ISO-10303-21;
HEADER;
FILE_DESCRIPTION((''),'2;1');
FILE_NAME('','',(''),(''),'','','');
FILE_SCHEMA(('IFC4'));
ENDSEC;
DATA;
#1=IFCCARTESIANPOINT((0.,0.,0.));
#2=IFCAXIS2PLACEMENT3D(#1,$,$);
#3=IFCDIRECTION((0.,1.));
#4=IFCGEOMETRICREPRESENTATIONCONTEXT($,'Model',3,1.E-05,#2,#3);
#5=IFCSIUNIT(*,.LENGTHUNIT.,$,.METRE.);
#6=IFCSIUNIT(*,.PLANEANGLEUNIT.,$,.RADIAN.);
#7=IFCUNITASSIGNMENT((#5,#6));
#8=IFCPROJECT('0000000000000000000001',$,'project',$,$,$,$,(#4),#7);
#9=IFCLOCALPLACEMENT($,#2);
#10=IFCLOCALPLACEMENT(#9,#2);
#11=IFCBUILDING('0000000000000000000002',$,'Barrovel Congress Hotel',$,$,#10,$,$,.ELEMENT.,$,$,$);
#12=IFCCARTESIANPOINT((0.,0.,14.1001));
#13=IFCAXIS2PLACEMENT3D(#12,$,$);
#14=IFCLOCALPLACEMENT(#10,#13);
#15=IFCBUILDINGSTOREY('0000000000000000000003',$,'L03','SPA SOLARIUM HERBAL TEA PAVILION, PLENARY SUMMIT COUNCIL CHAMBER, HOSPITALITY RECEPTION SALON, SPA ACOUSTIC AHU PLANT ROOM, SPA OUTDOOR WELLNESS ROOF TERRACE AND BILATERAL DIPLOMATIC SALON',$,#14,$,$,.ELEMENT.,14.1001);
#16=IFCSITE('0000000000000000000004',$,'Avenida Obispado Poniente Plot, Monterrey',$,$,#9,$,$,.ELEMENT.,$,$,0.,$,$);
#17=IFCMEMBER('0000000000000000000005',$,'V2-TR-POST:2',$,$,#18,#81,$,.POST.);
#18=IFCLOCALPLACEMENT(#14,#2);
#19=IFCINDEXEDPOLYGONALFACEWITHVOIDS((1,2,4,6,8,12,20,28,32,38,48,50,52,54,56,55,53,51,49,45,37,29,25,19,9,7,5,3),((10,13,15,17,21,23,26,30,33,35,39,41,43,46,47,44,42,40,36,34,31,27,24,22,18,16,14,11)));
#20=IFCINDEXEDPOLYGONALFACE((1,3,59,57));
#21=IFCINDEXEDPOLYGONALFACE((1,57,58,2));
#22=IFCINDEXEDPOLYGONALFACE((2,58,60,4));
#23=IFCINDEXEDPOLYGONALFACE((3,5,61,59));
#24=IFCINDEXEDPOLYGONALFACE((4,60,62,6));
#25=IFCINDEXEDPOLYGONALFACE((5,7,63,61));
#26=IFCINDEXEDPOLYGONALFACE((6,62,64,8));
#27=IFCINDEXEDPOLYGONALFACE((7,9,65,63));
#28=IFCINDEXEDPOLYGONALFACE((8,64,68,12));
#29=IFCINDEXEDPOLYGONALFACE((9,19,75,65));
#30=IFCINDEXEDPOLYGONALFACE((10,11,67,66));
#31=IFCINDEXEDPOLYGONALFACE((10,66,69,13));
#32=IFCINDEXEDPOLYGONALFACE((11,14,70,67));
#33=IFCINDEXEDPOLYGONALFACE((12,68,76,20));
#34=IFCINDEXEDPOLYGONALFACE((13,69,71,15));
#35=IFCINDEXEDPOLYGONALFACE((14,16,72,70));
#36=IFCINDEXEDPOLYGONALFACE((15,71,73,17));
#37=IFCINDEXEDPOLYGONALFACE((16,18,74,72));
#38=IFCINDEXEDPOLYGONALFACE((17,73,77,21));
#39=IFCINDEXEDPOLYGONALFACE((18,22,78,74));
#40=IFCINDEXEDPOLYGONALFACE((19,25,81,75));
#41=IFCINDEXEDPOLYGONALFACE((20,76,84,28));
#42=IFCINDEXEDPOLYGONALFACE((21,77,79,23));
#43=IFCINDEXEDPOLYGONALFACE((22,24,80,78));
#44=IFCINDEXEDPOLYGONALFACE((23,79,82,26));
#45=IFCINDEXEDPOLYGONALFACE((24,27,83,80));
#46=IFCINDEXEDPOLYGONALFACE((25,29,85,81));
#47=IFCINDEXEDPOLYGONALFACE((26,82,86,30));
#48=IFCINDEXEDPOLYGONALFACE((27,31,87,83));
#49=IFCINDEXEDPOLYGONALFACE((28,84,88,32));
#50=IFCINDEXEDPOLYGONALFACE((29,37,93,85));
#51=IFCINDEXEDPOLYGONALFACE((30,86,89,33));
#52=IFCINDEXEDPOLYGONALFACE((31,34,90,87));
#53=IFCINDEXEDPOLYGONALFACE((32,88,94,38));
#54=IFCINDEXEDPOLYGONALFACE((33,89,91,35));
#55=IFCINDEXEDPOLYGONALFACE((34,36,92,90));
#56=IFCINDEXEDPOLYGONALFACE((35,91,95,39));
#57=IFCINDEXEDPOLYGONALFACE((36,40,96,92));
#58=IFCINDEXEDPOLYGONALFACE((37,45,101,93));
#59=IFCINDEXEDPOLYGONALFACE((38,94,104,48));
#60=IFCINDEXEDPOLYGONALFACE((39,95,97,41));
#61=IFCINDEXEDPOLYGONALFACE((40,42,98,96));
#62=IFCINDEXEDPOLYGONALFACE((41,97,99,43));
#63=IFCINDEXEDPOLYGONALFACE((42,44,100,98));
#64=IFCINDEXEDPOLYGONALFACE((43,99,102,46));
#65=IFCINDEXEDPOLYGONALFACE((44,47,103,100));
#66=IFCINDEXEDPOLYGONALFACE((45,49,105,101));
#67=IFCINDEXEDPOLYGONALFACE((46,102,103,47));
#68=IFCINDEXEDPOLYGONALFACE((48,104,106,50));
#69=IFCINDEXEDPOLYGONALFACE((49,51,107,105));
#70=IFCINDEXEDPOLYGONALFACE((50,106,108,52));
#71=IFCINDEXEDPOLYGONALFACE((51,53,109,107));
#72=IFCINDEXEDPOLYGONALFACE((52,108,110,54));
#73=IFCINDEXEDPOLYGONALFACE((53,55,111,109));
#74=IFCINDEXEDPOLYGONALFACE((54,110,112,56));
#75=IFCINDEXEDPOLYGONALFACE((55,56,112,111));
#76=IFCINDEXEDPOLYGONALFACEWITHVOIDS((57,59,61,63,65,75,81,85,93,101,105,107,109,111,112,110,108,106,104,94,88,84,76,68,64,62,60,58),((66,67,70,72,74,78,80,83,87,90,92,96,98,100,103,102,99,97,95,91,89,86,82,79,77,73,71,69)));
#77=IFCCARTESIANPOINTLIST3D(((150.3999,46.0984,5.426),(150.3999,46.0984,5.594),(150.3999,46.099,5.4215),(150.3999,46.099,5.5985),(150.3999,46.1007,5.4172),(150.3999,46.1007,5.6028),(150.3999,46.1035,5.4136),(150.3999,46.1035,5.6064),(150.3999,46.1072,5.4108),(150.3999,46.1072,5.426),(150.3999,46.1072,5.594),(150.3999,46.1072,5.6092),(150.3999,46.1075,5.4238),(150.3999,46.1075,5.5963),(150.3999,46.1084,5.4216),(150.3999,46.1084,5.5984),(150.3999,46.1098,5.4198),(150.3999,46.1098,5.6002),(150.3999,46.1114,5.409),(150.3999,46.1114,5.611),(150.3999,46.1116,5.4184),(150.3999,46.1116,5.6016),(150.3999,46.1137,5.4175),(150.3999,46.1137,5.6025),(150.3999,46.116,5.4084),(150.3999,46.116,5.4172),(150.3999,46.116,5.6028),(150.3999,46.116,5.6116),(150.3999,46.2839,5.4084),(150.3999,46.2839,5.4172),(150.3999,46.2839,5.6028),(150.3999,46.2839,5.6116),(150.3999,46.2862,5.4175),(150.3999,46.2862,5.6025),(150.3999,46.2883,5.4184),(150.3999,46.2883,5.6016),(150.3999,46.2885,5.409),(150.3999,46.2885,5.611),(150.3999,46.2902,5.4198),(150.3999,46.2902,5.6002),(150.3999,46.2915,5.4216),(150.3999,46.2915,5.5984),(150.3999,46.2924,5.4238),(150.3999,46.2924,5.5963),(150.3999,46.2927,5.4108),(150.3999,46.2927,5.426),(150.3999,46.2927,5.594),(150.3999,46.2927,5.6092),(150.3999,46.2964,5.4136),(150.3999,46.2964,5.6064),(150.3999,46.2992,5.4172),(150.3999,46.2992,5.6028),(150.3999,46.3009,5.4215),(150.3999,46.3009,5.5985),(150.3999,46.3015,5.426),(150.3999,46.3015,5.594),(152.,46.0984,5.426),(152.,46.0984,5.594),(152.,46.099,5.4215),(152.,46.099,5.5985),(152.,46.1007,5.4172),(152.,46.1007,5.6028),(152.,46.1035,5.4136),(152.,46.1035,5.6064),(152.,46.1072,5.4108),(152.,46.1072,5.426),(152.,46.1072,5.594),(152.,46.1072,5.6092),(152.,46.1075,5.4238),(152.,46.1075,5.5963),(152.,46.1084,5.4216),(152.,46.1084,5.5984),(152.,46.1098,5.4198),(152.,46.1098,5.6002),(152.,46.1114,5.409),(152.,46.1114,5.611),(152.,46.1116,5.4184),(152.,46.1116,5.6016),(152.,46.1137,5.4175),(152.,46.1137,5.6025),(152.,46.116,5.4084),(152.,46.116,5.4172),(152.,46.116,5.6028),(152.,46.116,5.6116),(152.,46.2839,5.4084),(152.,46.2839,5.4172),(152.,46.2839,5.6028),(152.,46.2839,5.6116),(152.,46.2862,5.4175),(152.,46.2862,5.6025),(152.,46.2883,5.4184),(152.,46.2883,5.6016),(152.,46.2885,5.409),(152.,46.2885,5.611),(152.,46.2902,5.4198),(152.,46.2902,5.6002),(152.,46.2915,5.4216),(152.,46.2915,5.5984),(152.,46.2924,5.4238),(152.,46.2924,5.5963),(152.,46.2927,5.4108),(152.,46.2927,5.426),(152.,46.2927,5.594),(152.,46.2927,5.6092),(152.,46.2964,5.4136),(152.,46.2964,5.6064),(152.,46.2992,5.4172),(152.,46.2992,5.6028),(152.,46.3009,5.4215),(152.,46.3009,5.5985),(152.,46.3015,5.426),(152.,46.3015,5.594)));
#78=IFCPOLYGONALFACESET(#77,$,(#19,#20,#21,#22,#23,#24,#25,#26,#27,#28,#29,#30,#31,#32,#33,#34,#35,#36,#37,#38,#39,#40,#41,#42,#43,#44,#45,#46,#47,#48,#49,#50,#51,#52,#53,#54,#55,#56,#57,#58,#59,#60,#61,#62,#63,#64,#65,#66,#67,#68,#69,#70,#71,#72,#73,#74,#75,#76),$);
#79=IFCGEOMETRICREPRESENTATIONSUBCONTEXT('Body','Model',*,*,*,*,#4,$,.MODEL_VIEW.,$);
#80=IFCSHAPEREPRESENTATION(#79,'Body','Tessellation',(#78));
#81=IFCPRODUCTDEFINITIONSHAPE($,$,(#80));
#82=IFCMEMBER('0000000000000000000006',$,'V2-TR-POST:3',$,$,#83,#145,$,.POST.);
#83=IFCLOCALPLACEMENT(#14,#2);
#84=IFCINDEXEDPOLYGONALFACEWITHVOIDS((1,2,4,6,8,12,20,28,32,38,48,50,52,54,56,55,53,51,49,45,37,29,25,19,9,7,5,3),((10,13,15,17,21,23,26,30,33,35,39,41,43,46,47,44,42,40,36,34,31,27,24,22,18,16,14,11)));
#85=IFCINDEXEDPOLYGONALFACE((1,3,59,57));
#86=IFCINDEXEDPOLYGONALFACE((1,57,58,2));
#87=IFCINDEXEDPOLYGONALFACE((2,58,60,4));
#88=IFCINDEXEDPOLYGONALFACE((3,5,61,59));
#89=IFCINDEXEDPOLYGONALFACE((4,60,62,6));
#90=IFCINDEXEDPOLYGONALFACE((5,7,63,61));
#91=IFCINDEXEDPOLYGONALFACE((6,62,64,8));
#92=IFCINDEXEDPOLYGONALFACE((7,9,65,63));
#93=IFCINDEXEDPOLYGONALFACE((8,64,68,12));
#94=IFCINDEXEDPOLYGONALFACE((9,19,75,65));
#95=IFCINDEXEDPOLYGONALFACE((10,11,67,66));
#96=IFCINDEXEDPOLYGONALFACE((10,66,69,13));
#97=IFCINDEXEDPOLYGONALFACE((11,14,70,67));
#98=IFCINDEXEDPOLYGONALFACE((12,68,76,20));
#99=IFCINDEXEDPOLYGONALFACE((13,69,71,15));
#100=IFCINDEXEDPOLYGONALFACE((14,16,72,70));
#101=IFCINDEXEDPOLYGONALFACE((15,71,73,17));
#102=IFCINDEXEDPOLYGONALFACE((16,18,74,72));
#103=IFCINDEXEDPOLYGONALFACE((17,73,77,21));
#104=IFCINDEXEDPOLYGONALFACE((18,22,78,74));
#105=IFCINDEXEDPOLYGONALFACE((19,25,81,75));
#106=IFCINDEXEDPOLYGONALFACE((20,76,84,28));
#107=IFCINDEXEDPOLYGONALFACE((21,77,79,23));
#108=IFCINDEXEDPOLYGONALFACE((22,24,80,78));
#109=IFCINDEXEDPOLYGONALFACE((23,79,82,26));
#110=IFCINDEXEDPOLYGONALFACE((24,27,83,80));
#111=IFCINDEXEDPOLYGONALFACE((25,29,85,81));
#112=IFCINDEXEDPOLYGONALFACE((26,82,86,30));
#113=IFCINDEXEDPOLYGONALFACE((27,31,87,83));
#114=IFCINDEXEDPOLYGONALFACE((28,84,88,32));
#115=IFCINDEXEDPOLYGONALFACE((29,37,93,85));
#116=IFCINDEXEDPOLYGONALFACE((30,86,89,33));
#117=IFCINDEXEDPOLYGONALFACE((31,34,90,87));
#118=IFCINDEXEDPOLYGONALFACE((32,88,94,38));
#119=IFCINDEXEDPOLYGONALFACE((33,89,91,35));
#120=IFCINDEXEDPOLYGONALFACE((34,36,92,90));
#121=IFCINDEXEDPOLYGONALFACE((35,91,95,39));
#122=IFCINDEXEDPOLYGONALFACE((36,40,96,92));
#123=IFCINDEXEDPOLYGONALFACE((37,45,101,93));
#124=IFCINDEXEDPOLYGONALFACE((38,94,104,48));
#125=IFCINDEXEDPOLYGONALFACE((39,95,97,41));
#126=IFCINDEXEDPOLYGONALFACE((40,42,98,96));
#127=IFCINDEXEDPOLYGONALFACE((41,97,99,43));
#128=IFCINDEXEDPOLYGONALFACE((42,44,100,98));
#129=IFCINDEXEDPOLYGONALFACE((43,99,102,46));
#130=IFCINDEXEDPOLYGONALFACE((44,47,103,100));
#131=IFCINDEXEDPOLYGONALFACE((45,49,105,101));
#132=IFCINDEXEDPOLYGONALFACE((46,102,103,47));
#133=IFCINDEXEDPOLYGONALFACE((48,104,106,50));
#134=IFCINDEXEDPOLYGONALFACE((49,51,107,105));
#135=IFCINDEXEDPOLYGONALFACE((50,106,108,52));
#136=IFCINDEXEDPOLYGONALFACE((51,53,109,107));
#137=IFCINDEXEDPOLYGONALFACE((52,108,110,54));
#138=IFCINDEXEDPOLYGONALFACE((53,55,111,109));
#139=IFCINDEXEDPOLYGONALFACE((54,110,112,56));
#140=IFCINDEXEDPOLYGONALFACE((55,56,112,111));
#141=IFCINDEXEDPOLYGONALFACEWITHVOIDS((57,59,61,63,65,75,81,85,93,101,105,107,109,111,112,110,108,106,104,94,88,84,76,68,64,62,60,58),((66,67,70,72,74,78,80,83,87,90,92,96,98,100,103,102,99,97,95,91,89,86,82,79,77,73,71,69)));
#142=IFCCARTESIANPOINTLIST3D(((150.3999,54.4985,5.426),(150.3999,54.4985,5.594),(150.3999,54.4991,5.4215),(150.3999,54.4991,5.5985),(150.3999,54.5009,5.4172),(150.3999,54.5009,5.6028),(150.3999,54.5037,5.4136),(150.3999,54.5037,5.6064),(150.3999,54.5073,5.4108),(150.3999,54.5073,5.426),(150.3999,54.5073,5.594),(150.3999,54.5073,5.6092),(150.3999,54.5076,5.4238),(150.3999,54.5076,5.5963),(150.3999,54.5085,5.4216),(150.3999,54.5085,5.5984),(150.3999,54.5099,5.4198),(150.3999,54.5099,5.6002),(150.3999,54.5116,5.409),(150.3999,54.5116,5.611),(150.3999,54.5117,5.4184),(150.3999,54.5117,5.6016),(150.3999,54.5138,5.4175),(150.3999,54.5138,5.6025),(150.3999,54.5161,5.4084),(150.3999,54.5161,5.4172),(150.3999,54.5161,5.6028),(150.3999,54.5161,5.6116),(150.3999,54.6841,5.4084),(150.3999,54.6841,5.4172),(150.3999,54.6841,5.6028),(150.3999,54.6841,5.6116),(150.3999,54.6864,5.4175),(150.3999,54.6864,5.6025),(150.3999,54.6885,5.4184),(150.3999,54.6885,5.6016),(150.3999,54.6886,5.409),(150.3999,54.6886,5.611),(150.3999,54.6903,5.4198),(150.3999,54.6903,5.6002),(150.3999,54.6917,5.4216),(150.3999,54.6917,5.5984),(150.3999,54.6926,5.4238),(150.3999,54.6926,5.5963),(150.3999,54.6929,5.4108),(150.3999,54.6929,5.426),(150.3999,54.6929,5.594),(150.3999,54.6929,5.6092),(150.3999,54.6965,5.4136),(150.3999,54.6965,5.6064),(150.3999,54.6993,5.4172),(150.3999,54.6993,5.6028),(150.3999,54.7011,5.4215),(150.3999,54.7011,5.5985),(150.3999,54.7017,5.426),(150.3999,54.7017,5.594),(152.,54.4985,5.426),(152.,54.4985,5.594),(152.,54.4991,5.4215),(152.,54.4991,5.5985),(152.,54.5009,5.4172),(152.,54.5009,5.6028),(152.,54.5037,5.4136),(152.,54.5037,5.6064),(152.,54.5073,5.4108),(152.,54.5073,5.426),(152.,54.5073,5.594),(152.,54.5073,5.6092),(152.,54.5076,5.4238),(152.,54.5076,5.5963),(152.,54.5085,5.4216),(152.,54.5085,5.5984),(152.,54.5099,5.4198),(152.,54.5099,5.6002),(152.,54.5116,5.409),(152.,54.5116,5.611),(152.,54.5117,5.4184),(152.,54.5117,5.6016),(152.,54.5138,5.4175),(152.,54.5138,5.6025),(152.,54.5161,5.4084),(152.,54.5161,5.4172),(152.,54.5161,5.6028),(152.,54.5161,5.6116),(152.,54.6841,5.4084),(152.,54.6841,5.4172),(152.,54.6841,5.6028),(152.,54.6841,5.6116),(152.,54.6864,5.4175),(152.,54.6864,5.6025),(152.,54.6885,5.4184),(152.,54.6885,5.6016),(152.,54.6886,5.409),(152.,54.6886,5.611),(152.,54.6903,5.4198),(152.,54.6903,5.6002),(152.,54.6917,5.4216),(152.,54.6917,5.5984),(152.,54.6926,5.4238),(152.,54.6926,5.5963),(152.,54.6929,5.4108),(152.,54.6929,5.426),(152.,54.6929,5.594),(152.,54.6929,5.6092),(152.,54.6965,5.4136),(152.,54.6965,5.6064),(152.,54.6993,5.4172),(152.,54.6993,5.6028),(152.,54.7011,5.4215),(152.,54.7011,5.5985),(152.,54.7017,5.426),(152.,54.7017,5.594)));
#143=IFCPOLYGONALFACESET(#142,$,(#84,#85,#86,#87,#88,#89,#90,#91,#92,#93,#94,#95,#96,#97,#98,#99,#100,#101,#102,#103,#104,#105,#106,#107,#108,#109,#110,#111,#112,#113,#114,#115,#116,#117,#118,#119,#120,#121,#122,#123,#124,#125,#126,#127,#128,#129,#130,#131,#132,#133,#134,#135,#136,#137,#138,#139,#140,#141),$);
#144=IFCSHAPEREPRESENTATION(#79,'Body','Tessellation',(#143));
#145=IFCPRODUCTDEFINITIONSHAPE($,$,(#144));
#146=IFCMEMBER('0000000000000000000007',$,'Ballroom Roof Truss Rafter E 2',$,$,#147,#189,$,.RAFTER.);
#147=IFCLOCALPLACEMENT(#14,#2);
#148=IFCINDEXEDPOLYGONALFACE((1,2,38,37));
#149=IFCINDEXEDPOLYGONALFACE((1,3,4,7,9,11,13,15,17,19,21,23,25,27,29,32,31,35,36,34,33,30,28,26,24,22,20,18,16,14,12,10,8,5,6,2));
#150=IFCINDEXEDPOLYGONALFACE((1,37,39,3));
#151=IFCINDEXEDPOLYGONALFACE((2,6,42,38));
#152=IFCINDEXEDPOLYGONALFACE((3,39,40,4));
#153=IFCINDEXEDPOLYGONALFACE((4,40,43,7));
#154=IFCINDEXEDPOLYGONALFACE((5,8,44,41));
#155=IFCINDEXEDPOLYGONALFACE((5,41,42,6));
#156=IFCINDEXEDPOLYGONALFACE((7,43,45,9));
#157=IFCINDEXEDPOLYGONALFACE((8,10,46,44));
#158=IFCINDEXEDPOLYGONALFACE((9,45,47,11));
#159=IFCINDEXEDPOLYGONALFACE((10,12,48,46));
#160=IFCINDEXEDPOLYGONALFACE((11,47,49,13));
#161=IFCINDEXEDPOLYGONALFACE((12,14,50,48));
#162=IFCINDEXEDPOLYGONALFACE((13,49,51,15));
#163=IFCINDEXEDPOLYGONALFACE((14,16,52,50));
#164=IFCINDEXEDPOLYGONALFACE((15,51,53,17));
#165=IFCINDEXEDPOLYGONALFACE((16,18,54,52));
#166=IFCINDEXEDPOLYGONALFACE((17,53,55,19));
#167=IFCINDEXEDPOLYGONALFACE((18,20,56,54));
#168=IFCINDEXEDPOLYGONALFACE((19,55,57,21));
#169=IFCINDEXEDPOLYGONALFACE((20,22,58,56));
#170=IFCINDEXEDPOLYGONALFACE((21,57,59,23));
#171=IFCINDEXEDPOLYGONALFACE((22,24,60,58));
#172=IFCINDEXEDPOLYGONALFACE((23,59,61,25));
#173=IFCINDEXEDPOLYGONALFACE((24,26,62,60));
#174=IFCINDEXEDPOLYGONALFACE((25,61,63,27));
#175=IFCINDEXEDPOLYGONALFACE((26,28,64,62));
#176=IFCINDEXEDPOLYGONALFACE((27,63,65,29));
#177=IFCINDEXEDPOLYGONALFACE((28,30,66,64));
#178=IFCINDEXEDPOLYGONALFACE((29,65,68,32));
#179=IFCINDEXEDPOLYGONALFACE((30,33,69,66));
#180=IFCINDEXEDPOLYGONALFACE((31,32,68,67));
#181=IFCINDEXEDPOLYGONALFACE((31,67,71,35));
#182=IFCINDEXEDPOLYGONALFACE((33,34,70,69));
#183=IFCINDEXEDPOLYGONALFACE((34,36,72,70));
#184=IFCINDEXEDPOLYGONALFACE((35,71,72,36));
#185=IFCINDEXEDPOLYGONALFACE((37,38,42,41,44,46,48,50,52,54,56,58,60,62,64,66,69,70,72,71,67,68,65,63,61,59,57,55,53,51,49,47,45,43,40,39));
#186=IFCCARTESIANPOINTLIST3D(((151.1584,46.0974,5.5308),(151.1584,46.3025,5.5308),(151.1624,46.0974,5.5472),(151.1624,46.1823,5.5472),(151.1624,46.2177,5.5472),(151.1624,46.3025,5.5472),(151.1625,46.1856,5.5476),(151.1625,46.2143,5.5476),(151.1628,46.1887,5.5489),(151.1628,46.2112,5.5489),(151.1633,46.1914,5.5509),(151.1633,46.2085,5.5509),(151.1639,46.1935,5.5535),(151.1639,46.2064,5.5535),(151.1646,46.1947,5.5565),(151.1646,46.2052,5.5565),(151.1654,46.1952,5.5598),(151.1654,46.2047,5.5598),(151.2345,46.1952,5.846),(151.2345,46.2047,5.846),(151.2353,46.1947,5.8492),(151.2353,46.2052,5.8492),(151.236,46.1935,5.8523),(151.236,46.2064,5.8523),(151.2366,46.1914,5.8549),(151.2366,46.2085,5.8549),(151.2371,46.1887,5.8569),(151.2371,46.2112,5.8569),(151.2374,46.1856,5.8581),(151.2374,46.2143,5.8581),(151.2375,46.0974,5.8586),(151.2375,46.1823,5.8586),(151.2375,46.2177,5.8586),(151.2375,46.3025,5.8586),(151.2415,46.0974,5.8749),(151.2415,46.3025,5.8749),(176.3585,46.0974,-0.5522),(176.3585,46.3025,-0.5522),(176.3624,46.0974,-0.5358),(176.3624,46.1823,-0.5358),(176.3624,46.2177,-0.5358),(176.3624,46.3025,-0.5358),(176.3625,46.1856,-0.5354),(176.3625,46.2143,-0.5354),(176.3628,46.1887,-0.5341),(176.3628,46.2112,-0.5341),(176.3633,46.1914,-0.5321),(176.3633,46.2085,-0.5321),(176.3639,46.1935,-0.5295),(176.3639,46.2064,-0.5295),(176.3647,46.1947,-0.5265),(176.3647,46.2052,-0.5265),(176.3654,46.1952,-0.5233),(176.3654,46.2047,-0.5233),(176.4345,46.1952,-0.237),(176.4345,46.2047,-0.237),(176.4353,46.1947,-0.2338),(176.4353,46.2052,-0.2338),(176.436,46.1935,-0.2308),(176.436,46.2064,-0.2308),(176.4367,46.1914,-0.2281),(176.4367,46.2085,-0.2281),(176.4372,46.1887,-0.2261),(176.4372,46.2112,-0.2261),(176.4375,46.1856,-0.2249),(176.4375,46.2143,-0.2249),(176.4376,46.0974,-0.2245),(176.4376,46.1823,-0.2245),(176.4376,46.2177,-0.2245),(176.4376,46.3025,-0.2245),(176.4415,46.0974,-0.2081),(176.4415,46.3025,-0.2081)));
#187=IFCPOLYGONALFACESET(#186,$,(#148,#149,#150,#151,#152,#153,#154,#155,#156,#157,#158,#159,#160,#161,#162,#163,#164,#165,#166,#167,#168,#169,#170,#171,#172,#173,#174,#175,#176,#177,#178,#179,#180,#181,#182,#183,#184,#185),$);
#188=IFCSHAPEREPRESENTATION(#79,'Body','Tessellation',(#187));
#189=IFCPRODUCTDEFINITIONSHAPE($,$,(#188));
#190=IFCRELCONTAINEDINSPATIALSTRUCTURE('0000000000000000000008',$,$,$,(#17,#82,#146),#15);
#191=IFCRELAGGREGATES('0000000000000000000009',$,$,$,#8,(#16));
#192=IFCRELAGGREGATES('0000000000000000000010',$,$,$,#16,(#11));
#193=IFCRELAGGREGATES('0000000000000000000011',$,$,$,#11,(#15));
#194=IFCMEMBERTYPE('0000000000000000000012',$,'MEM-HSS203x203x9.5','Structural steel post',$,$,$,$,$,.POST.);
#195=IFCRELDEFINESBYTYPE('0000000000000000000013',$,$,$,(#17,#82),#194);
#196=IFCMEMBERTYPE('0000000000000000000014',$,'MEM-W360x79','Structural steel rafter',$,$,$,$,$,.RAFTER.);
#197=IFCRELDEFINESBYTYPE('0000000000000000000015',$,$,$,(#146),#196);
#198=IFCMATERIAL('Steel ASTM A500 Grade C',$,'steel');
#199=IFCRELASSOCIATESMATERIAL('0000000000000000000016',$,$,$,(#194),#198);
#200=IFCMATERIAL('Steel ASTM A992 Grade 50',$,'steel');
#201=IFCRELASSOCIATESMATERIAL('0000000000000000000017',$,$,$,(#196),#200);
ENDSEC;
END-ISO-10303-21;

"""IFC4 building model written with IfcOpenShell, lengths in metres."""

from ifc_helpers import new_model, si_unit, direction, frame, origin, origin_2d, place, context, subcontext, project, spatial, hollow_rectangle, i_section, extrude, material, material_profile, profile_set, type_object, element, save


model = new_model("IFC4")

# Units and contexts
model_context = context("Model", 3, precision=1e-05, world=origin(), true_north=direction((0.0, 1.0)))
body_context = subcontext(model_context, "Body", "Model", "MODEL_VIEW")
ifc_project = project(units=[si_unit("LENGTHUNIT", "METRE"), si_unit("PLANEANGLEUNIT", "RADIAN")], contexts=[model_context])

# Site, building, storey
site_placement = place(None, origin())
site = spatial("IfcSite", under=ifc_project, at=site_placement, Name="Avenida Obispado Poniente Plot, Monterrey", CompositionType="ELEMENT", RefElevation=0.0)
building_placement = place(site_placement, origin())
building = spatial("IfcBuilding", under=site, at=building_placement, Name="Barrovel Congress Hotel", CompositionType="ELEMENT")
storey_placement = place(building_placement, frame((0.0, 0.0, 14.1001)))
storey = spatial("IfcBuildingStorey", under=building, at=storey_placement, Name="L03", Description="SPA SOLARIUM HERBAL TEA PAVILION, PLENARY SUMMIT COUNCIL CHAMBER, HOSPITALITY RECEPTION SALON, SPA ACOUSTIC AHU PLANT ROOM, SPA OUTDOOR WELLNESS ROOF TERRACE AND BILATERAL DIPLOMATIC SALON", CompositionType="ELEMENT", Elevation=14.1001)

# Members
ifc_material_1 = material(Name="Steel ASTM A500 Grade C", Category="steel")
ifc_material_profile_1 = material_profile(ifc_material_1, hollow_rectangle(XDim=0.2031, YDim=0.2031, WallThickness=0.0088, InnerFilletRadius=0.0088, OuterFilletRadius=0.0176, at=origin_2d()), Name="HSS203x203x9.5")
ifc_profile_set_1 = profile_set([ifc_material_profile_1], Name="Steel ASTM A500 Grade C")
member_type_1 = type_object("IfcMemberType", Name="MEM-HSS203x203x9.5", Description="Structural steel post", PredefinedType="POST", material=ifc_profile_set_1)
for number, where, z_axis, x_axis, name in (
    (1, (150.3999, 46.2, 5.51), (1.0, 0.0, 0.0), (0.0, 1.0, 0.0), "V2-TR-POST:2"),
    (2, (150.3999, 54.6001, 5.51), (1.0, 0.0, 0.0), (0.0, 1.0, 0.0), "V2-TR-POST:3"),
):
    element("IfcMember", number, at=place(storey_placement, frame(where, z_axis=z_axis, x_axis=x_axis)), inside=storey, type_object=member_type_1, Name=name, PredefinedType="POST", context=body_context, shape_type="SweptSolid", body=[
        extrude(hollow_rectangle(XDim=0.2031, YDim=0.2031, WallThickness=0.0088, InnerFilletRadius=0.0088, OuterFilletRadius=0.0176, at=origin_2d()), origin(), (0.0, 0.0, 1.0), 1.6001),
    ])
ifc_material_2 = material(Name="Steel ASTM A992 Grade 50", Category="steel")
ifc_material_profile_2 = material_profile(ifc_material_2, i_section(OverallWidth=0.2051, OverallDepth=0.354, WebThickness=0.0095, FlangeThickness=0.0168, FilletRadius=0.0129, at=origin_2d()), Name="W360x79")
ifc_profile_set_2 = profile_set([ifc_material_profile_2], Name="Steel ASTM A992 Grade 50")
member_type_2 = type_object("IfcMemberType", Name="MEM-W360x79", Description="Structural steel rafter", PredefinedType="RAFTER", material=ifc_profile_set_2)
for number, where, z_axis, x_axis, name in (
    (3, (151.2, 46.2, 5.7029), (0.97208, 0.0, -0.23465), (0.0, 1.0, 0.0), "Ballroom Roof Truss Rafter E 2"),
):
    element("IfcMember", number, at=place(storey_placement, frame(where, z_axis=z_axis, x_axis=x_axis)), inside=storey, type_object=member_type_2, Name=name, PredefinedType="RAFTER", context=body_context, shape_type="SweptSolid", body=[
        extrude(i_section(OverallWidth=0.2051, OverallDepth=0.354, WebThickness=0.0095, FlangeThickness=0.0168, FilletRadius=0.0129, at=origin_2d()), origin(), (0.0, 0.0, 1.0), 25.9238),
    ])

save(model, "model.ifc")
